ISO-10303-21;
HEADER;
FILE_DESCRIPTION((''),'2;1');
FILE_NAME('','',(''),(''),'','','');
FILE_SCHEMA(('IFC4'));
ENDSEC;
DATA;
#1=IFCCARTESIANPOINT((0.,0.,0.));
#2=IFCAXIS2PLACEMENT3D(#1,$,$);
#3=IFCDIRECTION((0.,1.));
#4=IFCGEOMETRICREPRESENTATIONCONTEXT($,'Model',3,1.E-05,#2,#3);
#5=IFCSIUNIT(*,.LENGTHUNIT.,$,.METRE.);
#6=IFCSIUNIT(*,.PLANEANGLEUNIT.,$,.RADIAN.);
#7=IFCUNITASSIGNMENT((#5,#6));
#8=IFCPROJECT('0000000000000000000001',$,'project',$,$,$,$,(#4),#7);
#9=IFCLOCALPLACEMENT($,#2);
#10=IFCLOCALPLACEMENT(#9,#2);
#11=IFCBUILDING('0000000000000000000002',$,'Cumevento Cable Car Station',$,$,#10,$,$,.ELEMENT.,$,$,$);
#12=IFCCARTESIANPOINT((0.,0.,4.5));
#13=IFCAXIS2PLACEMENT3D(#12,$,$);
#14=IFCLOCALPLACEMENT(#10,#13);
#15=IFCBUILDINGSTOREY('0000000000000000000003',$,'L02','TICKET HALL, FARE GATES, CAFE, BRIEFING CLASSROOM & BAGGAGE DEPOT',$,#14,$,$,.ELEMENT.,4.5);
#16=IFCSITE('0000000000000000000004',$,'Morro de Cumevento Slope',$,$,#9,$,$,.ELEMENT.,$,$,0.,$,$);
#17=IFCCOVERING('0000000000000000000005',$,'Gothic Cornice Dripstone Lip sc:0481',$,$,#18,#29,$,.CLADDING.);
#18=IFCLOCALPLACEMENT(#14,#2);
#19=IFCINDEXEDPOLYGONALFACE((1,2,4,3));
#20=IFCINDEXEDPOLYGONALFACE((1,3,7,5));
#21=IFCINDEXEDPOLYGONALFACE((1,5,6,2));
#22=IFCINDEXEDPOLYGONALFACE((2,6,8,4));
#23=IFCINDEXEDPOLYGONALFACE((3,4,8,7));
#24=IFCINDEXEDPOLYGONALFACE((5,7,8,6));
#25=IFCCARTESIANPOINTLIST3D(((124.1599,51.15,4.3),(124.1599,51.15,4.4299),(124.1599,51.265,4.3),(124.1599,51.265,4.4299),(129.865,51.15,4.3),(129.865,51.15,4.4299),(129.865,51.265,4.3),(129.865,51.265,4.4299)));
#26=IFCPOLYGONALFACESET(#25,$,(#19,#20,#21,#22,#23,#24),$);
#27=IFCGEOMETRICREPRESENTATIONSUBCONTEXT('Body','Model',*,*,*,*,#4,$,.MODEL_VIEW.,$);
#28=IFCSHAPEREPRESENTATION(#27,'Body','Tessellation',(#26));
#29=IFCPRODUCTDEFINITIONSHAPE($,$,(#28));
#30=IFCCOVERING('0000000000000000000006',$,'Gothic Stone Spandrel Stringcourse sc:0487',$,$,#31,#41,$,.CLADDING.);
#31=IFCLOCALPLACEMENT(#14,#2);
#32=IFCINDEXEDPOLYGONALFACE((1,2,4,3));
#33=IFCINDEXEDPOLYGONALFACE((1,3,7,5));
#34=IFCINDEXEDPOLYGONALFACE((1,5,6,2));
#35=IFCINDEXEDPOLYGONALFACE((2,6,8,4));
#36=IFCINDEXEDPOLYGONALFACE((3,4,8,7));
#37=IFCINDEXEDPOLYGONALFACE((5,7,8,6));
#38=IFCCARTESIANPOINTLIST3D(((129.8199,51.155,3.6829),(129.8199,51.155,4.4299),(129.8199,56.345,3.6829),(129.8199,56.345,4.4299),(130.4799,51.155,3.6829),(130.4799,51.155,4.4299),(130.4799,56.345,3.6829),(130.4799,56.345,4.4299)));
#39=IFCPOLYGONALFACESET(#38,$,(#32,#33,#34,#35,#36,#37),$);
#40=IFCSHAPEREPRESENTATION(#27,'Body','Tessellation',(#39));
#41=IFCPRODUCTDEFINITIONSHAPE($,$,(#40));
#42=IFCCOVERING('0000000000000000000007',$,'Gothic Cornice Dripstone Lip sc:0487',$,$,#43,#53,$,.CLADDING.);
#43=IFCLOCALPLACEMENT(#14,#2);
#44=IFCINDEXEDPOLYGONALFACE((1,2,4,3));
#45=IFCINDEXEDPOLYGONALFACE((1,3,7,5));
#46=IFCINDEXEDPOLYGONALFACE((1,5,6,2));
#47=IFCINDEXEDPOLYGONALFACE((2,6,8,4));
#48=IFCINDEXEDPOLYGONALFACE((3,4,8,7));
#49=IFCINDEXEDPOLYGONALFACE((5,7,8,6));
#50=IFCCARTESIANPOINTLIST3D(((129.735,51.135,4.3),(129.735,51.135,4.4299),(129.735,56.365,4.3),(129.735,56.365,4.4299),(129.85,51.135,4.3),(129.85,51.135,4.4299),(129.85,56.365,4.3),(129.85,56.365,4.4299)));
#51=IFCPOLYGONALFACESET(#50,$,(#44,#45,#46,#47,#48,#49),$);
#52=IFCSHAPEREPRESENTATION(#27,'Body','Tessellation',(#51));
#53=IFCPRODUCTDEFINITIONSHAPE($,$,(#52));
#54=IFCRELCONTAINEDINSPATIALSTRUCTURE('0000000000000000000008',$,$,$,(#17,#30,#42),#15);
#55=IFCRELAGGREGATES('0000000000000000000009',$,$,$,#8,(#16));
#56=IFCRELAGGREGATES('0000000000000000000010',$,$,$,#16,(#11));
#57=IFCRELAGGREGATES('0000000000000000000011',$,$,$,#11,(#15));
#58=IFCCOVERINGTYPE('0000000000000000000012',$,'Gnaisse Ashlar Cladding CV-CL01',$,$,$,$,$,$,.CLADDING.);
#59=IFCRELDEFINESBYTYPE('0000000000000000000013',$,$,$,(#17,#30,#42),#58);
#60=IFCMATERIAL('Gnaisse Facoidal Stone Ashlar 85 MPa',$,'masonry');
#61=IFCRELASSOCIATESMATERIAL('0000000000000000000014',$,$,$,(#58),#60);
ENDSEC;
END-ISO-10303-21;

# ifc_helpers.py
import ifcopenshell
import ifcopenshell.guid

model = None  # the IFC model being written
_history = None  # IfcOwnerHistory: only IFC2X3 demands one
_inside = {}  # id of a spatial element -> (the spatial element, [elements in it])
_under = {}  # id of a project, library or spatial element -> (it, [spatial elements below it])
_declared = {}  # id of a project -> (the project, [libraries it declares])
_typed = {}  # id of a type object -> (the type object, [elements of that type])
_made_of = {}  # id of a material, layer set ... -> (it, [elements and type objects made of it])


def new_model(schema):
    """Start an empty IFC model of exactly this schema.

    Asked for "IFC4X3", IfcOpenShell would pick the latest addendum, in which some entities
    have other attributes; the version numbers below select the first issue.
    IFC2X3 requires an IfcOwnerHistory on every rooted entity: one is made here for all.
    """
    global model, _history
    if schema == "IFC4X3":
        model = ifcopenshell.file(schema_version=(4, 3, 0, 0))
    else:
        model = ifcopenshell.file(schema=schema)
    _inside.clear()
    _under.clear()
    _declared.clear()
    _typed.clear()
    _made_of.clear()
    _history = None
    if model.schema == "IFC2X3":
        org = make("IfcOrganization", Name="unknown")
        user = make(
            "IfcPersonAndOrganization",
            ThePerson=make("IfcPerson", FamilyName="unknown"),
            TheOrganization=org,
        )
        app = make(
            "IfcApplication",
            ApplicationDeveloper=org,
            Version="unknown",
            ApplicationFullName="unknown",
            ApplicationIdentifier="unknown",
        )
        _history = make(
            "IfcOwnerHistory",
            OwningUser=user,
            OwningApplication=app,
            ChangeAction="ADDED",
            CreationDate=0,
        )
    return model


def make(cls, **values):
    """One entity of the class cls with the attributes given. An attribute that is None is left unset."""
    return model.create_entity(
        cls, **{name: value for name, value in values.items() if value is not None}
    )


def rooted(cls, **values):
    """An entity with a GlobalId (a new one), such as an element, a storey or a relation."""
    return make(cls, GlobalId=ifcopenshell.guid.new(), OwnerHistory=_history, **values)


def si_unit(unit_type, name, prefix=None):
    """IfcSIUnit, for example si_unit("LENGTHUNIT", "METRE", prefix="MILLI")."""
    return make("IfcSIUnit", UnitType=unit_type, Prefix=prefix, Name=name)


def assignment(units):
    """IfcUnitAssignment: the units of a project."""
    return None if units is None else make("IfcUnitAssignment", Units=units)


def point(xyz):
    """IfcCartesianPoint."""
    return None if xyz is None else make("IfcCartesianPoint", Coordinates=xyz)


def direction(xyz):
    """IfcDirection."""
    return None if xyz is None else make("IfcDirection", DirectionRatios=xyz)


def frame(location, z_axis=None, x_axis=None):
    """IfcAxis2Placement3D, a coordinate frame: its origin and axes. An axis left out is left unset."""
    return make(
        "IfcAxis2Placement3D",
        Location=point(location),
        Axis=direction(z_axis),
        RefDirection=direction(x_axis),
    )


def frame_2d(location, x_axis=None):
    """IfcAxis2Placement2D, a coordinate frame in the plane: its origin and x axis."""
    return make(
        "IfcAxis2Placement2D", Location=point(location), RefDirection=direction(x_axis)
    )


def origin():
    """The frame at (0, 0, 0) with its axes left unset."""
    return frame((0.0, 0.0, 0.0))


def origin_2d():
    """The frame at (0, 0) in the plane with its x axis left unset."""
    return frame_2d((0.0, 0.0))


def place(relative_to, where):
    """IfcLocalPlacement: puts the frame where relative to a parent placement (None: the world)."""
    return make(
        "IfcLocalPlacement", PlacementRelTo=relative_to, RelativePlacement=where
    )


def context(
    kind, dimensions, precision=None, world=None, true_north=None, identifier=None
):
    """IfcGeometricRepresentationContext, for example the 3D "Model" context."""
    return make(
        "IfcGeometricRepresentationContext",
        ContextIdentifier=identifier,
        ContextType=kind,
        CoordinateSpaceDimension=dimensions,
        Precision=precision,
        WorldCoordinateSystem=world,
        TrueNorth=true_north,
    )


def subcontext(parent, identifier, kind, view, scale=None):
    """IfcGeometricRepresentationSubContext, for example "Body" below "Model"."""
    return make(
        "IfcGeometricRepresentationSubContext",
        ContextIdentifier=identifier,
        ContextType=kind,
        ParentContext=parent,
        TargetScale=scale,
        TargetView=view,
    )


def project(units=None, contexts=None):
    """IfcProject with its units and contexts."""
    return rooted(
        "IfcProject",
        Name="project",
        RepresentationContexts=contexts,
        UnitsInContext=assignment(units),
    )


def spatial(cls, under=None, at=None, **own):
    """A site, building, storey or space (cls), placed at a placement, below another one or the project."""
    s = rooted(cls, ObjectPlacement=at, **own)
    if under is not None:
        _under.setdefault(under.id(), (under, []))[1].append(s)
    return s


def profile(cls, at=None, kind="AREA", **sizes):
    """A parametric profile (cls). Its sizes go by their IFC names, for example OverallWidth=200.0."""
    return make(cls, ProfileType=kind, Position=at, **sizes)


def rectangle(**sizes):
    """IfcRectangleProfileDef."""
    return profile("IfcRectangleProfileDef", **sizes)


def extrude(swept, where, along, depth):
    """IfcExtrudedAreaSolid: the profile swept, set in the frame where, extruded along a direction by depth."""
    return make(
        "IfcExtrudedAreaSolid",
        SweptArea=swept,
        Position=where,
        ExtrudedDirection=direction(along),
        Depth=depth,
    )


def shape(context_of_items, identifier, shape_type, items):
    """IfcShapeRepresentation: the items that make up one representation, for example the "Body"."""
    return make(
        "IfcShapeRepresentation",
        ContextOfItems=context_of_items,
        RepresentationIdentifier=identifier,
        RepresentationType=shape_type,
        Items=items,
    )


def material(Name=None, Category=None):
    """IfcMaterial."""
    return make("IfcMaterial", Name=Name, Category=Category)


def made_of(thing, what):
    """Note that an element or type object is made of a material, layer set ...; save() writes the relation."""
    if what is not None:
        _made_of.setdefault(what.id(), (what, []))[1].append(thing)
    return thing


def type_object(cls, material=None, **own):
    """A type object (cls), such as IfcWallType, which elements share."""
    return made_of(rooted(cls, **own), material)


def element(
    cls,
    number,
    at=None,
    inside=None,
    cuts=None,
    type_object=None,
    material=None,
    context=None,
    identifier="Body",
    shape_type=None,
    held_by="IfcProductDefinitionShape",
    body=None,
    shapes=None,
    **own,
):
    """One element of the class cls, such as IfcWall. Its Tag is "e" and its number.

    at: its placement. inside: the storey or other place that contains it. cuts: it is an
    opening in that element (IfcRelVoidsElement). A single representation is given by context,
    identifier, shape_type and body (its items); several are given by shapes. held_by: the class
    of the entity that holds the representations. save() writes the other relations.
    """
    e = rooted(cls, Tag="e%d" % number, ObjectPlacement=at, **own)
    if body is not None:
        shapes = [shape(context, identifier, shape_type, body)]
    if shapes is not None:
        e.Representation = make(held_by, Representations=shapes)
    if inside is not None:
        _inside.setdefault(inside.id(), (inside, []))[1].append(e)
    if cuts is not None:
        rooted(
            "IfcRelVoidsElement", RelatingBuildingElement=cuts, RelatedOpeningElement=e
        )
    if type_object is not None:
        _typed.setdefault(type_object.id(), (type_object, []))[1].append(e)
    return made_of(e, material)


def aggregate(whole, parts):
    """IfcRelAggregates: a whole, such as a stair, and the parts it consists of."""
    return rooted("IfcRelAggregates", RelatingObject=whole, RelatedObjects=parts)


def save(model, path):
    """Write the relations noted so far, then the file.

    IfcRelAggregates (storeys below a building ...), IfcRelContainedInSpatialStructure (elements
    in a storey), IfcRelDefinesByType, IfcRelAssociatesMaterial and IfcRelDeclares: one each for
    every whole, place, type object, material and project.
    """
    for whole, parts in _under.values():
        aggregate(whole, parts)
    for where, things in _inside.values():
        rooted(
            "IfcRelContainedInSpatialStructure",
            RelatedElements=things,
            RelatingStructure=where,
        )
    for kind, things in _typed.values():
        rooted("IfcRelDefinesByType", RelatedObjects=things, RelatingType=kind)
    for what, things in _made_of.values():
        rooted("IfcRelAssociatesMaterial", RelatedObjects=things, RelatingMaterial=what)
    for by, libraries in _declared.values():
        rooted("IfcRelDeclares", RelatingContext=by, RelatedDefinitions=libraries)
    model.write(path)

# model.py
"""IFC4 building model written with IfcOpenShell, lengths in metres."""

from ifc_helpers import new_model, si_unit, direction, frame, origin, origin_2d, place, context, subcontext, project, spatial, rectangle, extrude, material, type_object, element, save


model = new_model("IFC4")

# Units and contexts
model_context = context("Model", 3, precision=1e-05, world=origin(), true_north=direction((0.0, 1.0)))
body_context = subcontext(model_context, "Body", "Model", "MODEL_VIEW")
ifc_project = project(units=[si_unit("LENGTHUNIT", "METRE"), si_unit("PLANEANGLEUNIT", "RADIAN")], contexts=[model_context])

# Site, building, storey
site_placement = place(None, origin())
site = spatial("IfcSite", under=ifc_project, at=site_placement, Name="Morro de Cumevento Slope", CompositionType="ELEMENT", RefElevation=0.0)
building_placement = place(site_placement, origin())
building = spatial("IfcBuilding", under=site, at=building_placement, Name="Cumevento Cable Car Station", CompositionType="ELEMENT")
storey_placement = place(building_placement, frame((0.0, 0.0, 4.5)))
storey = spatial("IfcBuildingStorey", under=building, at=storey_placement, Name="L02", Description="TICKET HALL, FARE GATES, CAFE, BRIEFING CLASSROOM & BAGGAGE DEPOT", CompositionType="ELEMENT", Elevation=4.5)

# Coverings
ifc_material_1 = material(Name="Gnaisse Facoidal Stone Ashlar 85 MPa", Category="masonry")
covering_type = type_object("IfcCoveringType", Name="Gnaisse Ashlar Cladding CV-CL01", PredefinedType="CLADDING", material=ifc_material_1)
covering_1_placement = place(storey_placement, frame((127.0125, 51.2075, 4.3), z_axis=(0.0, 0.0, 1.0), x_axis=(1.0, 0.0, 0.0)))
element("IfcCovering", 1, at=covering_1_placement, inside=storey, type_object=covering_type, Name="Gothic Cornice Dripstone Lip sc:0481", PredefinedType="CLADDING", context=body_context, shape_type="SweptSolid", body=[
    extrude(rectangle(XDim=5.7051, YDim=0.115, at=origin_2d()), origin(), (0.0, 0.0, 1.0), 0.1299),
])
covering_2_placement = place(storey_placement, frame((130.1499, 53.75, 3.6829), z_axis=(0.0, 0.0, 1.0), x_axis=(0.0, 1.0, 0.0)))
element("IfcCovering", 2, at=covering_2_placement, inside=storey, type_object=covering_type, Name="Gothic Stone Spandrel Stringcourse sc:0487", PredefinedType="CLADDING", context=body_context, shape_type="SweptSolid", body=[
    extrude(rectangle(XDim=5.1899, YDim=0.6599, at=origin_2d()), origin(), (0.0, 0.0, 1.0), 0.7471),
])
covering_3_placement = place(storey_placement, frame((129.7925, 53.75, 4.3), z_axis=(0.0, 0.0, 1.0), x_axis=(0.0, 1.0, 0.0)))
element("IfcCovering", 3, at=covering_3_placement, inside=storey, type_object=covering_type, Name="Gothic Cornice Dripstone Lip sc:0487", PredefinedType="CLADDING", context=body_context, shape_type="SweptSolid", body=[
    extrude(rectangle(XDim=5.23, YDim=0.115, at=origin_2d()), origin(), (0.0, 0.0, 1.0), 0.1299),
])

save(model, "model.ifc")
